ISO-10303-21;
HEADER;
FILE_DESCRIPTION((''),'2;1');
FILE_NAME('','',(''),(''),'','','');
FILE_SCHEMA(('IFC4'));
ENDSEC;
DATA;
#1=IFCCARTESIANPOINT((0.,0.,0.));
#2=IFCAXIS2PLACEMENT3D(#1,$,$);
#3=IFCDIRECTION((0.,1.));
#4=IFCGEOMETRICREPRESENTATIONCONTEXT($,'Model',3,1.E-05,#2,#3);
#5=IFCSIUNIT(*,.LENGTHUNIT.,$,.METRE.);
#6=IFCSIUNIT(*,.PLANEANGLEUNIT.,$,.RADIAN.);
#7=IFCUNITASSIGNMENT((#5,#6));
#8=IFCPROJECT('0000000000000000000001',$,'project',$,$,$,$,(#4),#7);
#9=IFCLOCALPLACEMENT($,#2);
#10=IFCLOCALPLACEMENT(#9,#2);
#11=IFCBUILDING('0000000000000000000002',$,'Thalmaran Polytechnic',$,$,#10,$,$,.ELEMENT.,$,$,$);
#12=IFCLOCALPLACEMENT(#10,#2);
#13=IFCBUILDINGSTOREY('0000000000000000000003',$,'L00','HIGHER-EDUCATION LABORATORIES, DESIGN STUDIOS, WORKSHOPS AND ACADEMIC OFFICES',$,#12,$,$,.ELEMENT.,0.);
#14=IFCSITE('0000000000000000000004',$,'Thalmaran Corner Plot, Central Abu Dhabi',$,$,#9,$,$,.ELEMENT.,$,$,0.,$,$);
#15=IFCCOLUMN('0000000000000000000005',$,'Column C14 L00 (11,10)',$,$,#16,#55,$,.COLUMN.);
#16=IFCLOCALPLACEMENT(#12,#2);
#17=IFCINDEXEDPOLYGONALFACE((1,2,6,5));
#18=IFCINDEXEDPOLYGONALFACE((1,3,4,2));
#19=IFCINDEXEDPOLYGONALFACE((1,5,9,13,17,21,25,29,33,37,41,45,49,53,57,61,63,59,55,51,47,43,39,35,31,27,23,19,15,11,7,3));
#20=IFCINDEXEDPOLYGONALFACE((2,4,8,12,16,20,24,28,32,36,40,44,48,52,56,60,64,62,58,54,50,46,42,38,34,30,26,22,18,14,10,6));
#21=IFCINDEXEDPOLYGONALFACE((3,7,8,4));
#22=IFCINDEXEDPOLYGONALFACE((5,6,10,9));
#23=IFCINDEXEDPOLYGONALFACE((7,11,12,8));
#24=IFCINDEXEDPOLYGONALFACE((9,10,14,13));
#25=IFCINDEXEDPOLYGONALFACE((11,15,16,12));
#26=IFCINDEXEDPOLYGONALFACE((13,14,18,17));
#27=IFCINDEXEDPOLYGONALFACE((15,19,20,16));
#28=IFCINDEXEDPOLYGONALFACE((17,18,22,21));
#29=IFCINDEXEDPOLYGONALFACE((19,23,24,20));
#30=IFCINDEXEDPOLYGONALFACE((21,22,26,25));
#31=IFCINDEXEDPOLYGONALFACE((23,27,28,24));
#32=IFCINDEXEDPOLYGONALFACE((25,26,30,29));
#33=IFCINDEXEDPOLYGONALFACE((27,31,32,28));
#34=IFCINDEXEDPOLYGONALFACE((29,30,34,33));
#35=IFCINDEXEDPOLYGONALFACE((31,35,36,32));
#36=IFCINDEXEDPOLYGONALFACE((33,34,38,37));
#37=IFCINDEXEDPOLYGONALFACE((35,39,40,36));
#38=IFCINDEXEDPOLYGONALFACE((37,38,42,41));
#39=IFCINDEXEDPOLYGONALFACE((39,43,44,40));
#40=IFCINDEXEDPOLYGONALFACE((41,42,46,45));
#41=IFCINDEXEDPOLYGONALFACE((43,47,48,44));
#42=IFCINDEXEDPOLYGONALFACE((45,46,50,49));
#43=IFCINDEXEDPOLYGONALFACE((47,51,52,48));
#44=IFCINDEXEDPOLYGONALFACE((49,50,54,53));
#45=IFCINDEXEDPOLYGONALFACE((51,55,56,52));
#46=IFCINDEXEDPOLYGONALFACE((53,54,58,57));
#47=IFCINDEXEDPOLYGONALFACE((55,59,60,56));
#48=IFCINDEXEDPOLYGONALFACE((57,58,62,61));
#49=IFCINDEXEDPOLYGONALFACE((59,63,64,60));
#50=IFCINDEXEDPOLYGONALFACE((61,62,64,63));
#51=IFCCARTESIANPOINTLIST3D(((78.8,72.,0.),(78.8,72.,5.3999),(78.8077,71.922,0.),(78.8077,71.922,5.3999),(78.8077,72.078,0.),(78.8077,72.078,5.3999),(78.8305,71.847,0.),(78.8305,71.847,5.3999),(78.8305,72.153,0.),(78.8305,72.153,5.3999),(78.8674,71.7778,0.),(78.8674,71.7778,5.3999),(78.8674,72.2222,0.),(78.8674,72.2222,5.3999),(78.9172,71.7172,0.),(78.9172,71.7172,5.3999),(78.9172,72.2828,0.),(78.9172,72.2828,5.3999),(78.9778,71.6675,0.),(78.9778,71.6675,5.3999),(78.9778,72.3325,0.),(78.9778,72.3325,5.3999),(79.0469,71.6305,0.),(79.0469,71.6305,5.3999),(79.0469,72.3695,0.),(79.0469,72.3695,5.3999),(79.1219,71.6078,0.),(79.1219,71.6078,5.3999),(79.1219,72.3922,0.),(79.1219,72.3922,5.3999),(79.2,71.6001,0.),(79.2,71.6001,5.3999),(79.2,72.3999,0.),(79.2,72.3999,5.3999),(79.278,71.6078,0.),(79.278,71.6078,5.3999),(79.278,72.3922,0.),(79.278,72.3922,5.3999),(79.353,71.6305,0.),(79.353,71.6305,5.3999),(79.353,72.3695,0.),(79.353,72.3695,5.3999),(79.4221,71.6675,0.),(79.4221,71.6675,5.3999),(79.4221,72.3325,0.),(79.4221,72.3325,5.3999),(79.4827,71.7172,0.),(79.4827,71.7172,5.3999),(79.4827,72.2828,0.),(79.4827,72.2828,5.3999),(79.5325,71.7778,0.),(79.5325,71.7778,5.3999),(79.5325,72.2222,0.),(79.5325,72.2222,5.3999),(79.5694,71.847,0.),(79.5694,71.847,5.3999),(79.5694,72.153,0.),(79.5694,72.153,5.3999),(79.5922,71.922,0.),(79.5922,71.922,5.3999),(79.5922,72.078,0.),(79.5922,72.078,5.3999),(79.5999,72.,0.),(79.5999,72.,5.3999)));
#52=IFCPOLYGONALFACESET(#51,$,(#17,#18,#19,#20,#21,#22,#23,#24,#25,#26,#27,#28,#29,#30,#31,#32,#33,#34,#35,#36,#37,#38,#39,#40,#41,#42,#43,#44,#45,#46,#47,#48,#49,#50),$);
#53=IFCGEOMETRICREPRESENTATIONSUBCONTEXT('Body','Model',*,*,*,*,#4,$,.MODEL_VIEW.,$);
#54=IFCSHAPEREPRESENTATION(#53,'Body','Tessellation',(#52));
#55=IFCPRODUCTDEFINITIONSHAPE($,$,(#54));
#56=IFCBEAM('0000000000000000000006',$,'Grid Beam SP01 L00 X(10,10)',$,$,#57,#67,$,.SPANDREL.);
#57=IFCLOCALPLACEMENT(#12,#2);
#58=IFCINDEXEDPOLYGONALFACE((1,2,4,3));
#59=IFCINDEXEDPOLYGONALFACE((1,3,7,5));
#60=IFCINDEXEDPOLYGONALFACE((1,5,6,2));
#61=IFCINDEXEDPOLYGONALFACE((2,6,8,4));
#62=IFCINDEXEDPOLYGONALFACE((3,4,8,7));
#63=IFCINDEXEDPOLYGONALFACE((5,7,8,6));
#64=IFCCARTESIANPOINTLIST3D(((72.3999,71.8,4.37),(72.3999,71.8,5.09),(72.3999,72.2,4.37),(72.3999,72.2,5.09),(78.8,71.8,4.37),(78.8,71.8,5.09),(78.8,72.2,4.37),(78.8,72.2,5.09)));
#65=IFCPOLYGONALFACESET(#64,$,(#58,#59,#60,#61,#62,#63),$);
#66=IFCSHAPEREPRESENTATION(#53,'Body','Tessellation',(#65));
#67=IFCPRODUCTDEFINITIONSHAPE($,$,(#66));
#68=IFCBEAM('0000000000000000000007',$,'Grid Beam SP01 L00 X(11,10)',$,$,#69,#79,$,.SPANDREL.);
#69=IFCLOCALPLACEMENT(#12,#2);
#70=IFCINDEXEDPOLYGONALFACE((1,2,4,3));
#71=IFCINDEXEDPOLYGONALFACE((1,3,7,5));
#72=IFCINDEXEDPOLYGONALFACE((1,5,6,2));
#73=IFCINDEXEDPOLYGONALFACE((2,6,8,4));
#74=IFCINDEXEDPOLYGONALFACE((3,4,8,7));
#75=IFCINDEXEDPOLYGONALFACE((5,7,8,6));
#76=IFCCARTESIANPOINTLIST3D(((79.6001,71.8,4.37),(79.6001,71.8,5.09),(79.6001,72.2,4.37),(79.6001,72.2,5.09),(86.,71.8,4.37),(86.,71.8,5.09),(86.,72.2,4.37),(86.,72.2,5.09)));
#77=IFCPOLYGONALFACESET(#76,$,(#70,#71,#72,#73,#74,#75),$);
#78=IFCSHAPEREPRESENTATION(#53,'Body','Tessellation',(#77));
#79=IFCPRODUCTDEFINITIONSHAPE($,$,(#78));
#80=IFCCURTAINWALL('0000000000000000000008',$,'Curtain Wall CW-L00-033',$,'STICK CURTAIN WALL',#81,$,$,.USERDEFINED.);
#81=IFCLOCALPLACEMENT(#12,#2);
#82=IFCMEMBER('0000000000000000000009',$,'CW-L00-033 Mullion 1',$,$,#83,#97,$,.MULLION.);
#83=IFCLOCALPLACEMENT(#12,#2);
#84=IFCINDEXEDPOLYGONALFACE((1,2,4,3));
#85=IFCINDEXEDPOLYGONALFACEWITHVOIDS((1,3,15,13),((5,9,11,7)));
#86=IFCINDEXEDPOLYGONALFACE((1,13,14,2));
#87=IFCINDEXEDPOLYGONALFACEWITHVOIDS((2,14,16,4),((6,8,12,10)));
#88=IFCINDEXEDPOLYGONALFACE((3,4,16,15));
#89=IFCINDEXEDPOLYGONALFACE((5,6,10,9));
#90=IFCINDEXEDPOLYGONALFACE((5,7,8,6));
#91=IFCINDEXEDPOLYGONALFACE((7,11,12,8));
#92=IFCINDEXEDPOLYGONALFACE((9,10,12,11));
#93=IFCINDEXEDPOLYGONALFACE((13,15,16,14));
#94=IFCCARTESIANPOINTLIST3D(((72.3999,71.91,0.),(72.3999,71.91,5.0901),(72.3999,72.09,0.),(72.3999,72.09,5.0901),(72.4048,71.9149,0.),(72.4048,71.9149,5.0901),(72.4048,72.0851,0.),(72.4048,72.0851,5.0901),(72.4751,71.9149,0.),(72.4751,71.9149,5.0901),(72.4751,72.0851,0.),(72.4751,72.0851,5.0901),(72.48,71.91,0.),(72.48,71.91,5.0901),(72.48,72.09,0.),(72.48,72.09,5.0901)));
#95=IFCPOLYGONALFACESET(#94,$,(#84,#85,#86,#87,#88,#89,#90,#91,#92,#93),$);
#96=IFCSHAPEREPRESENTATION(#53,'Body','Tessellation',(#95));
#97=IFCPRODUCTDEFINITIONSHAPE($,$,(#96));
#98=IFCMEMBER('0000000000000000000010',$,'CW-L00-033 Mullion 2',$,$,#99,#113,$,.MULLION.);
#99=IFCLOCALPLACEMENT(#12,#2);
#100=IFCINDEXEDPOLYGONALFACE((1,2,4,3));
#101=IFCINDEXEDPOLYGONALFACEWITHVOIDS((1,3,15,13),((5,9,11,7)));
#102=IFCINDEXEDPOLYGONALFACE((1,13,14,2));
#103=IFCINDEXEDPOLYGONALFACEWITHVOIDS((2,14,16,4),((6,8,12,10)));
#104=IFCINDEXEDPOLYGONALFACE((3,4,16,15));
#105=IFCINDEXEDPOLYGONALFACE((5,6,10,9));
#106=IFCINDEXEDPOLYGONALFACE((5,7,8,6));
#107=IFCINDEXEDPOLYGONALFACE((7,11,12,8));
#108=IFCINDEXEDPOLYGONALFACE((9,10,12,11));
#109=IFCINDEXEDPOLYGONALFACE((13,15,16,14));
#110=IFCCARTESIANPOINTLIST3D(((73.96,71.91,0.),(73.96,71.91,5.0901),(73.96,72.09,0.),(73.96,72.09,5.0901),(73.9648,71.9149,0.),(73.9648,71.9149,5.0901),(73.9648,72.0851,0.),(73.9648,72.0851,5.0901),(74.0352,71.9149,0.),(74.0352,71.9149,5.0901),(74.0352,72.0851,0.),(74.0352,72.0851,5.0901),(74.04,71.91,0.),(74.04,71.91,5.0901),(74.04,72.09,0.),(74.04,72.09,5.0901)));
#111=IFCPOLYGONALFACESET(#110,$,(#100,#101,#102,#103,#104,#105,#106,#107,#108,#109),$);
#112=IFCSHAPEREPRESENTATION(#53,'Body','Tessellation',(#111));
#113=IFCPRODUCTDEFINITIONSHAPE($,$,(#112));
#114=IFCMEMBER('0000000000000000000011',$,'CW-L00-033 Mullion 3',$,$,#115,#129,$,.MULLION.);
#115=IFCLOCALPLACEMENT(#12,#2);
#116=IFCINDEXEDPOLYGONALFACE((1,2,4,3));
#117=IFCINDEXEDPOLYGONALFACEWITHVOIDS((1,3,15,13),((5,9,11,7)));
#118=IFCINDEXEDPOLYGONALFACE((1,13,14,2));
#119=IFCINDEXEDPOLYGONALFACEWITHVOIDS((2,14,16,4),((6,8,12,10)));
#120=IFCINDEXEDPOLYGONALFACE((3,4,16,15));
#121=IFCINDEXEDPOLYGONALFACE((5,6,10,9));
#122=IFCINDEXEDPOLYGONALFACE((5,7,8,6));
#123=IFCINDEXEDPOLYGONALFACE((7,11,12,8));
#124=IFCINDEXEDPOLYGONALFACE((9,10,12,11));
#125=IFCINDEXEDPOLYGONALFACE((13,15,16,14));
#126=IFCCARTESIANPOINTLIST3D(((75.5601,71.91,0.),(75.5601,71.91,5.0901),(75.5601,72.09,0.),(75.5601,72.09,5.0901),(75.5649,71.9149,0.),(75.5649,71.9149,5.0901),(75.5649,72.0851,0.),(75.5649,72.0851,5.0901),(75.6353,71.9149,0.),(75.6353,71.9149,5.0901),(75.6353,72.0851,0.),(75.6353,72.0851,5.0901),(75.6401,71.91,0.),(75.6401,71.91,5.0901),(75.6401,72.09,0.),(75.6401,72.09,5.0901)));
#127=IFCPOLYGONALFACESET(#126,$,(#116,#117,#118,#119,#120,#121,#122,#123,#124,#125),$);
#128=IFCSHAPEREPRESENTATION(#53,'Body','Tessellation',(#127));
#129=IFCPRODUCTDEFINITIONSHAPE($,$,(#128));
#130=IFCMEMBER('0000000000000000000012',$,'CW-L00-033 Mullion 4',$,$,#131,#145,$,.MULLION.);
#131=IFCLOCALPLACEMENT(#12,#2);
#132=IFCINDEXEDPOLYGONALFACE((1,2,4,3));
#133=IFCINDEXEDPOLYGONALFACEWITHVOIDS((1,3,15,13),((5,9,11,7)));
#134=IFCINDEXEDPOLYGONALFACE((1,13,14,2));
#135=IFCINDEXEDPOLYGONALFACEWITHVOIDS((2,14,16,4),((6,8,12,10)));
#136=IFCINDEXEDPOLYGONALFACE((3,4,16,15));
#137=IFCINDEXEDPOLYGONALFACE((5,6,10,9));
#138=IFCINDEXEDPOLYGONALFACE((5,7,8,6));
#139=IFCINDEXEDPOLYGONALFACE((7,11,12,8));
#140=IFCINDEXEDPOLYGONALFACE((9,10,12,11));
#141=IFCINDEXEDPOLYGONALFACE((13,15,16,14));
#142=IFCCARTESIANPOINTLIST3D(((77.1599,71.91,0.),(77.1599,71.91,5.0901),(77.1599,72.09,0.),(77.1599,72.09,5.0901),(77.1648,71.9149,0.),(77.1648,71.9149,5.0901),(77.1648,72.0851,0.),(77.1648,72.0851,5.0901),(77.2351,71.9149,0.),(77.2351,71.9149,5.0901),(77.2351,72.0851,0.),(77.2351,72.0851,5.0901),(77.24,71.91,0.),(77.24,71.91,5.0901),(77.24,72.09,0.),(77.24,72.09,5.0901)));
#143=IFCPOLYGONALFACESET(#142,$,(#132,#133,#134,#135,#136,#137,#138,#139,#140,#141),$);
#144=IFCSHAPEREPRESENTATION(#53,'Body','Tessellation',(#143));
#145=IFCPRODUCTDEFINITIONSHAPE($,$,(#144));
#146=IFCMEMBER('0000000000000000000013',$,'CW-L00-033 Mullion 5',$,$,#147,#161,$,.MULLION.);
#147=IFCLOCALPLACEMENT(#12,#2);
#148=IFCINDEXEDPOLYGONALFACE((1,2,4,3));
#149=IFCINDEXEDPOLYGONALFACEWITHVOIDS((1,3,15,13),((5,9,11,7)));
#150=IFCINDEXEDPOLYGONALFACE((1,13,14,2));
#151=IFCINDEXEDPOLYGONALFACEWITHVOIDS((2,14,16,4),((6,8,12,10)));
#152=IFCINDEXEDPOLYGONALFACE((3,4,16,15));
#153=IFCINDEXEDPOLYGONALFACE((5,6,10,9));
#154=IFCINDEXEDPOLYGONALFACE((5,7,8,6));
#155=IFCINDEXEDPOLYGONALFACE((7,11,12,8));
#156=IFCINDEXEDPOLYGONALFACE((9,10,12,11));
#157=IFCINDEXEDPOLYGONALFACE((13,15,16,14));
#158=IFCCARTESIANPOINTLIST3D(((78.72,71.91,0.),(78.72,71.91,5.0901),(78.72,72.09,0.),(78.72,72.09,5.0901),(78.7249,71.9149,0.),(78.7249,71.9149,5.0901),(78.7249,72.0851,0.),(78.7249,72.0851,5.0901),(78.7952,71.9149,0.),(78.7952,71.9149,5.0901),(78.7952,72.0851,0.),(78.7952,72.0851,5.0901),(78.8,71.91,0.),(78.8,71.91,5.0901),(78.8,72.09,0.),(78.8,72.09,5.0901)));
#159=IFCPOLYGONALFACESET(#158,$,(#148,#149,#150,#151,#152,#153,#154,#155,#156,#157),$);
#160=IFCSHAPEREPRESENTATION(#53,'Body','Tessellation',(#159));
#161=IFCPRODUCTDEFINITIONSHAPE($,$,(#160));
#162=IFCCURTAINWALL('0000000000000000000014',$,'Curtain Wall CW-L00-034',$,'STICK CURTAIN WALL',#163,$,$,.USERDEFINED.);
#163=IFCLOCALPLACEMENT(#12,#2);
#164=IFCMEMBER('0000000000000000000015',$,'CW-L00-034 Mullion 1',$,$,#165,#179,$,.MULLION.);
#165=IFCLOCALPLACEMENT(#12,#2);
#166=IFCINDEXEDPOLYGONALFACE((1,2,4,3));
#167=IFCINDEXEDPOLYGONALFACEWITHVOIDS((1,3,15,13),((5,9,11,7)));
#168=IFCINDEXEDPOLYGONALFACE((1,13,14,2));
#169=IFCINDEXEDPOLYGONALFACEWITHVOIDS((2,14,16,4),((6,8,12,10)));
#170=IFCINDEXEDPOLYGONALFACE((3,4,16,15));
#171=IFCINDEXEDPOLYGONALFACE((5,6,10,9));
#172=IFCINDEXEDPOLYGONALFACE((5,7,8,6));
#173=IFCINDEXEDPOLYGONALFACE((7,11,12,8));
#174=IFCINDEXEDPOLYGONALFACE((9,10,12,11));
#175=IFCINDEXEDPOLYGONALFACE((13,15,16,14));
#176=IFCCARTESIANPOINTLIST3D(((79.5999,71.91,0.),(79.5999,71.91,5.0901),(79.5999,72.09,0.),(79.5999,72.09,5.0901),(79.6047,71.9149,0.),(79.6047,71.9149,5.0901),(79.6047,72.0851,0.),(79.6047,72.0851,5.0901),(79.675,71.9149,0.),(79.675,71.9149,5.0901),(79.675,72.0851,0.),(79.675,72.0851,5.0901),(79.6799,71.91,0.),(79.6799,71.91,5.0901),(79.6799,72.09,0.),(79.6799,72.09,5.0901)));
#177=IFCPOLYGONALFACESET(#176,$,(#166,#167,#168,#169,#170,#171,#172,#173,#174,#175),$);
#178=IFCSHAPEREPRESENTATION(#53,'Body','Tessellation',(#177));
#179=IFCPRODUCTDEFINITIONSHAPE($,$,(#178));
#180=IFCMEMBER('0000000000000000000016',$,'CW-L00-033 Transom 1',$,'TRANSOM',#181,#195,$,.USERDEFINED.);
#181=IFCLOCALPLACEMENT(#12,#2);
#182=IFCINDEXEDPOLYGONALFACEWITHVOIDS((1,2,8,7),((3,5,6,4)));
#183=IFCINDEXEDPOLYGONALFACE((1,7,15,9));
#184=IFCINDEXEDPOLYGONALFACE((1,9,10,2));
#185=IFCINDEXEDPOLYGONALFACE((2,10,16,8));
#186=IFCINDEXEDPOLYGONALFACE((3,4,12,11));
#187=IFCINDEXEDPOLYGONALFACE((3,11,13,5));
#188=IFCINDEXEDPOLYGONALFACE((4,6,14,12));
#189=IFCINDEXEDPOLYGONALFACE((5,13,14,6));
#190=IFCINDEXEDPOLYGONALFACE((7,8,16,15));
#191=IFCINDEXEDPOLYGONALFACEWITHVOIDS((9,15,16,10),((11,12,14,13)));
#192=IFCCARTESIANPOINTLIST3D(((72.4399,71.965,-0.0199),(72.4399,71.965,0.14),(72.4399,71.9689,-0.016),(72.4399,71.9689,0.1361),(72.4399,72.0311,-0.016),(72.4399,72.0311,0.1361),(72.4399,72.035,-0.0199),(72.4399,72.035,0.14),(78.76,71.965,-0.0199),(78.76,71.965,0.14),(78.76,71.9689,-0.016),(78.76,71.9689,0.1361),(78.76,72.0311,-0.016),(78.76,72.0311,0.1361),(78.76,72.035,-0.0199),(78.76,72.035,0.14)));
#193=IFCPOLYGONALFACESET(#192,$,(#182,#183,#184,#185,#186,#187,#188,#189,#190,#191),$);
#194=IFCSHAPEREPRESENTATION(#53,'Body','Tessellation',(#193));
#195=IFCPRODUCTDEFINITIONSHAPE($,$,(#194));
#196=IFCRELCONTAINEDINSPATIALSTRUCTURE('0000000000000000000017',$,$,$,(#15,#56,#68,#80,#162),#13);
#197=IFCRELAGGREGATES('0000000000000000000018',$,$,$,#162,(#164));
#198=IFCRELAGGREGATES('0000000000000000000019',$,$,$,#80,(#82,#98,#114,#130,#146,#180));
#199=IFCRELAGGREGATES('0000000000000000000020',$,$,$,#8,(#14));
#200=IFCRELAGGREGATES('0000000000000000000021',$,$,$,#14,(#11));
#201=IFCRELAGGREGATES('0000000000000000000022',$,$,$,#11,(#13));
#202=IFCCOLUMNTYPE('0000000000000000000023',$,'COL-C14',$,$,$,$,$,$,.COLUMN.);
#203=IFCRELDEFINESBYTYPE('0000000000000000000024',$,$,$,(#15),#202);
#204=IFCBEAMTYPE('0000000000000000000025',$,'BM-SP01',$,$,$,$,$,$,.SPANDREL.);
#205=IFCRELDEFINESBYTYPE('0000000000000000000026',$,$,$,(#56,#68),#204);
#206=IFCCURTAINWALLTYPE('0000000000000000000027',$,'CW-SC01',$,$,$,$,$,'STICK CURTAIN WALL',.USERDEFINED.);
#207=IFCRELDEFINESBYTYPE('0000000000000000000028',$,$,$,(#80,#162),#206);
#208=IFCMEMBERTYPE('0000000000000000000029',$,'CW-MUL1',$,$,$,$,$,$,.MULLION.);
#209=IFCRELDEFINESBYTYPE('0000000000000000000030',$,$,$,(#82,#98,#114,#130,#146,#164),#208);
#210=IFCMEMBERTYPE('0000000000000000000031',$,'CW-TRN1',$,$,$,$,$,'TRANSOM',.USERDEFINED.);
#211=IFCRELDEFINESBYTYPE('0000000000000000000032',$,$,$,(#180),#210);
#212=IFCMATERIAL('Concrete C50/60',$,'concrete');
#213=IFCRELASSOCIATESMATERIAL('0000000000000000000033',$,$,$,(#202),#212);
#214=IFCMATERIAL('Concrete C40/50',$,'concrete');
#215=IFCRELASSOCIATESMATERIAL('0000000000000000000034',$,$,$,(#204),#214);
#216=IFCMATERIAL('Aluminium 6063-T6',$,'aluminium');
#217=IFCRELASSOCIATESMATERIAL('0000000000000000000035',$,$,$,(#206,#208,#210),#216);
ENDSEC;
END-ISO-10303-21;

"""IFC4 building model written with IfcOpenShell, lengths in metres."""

from ifc_helpers import new_model, si_unit, direction, frame, origin, origin_2d, place, context, subcontext, project, spatial, rectangle, hollow_rectangle, circle, extrude, material, material_profile, profile_set, type_object, element, aggregate, save


model = new_model("IFC4")

# Units and contexts
model_context = context("Model", 3, precision=1e-05, world=origin(), true_north=direction((0.0, 1.0)))
body_context = subcontext(model_context, "Body", "Model", "MODEL_VIEW")
ifc_project = project(units=[si_unit("LENGTHUNIT", "METRE"), si_unit("PLANEANGLEUNIT", "RADIAN")], contexts=[model_context])

# Site, building, storey
site_placement = place(None, origin())
site = spatial("IfcSite", under=ifc_project, at=site_placement, Name="Thalmaran Corner Plot, Central Abu Dhabi", CompositionType="ELEMENT", RefElevation=0.0)
building_placement = place(site_placement, origin())
building = spatial("IfcBuilding", under=site, at=building_placement, Name="Thalmaran Polytechnic", CompositionType="ELEMENT")
storey_placement = place(building_placement, origin())
storey = spatial("IfcBuildingStorey", under=building, at=storey_placement, Name="L00", Description="HIGHER-EDUCATION LABORATORIES, DESIGN STUDIOS, WORKSHOPS AND ACADEMIC OFFICES", CompositionType="ELEMENT", Elevation=0.0)

# Column
ifc_material_1 = material(Name="Concrete C50/60", Category="concrete")
ifc_material_profile_1 = material_profile(ifc_material_1, circle(Radius=0.3999, at=origin_2d()), Name="RC 800 DIA")
ifc_profile_set_1 = profile_set([ifc_material_profile_1], Name="Concrete C50/60")
column_type = type_object("IfcColumnType", Name="COL-C14", PredefinedType="COLUMN", material=ifc_profile_set_1)
column_placement = place(storey_placement, frame((79.2, 72.0, 0.0), z_axis=(0.0, 0.0, 1.0), x_axis=(1.0, 0.0, 0.0)))
element("IfcColumn", 1, at=column_placement, inside=storey, type_object=column_type, Name="Column C14 L00 (11,10)", PredefinedType="COLUMN", context=body_context, shape_type="SweptSolid", body=[
    extrude(circle(Radius=0.3999, at=origin_2d()), origin(), (0.0, 0.0, 1.0), 5.3999),
])

# Beams
ifc_material_2 = material(Name="Concrete C40/50", Category="concrete")
ifc_material_profile_2 = material_profile(ifc_material_2, rectangle(XDim=0.3999, YDim=0.72, at=origin_2d()), Name="RC 400x720")
ifc_profile_set_2 = profile_set([ifc_material_profile_2], Name="Concrete C40/50")
beam_type = type_object("IfcBeamType", Name="BM-SP01", PredefinedType="SPANDREL", material=ifc_profile_set_2)
beam_1_placement = place(storey_placement, frame((72.3999, 72.0, 4.73), z_axis=(1.0, 0.0, 0.0), x_axis=(0.0, 1.0, 0.0)))
element("IfcBeam", 2, at=beam_1_placement, inside=storey, type_object=beam_type, Name="Grid Beam SP01 L00 X(10,10)", PredefinedType="SPANDREL", context=body_context, shape_type="SweptSolid", body=[
    extrude(rectangle(XDim=0.3999, YDim=0.72, at=origin_2d()), origin(), (0.0, 0.0, 1.0), 6.4001),
])
beam_2_placement = place(storey_placement, frame((79.6001, 72.0, 4.73), z_axis=(1.0, 0.0, 0.0), x_axis=(0.0, 1.0, 0.0)))
element("IfcBeam", 3, at=beam_2_placement, inside=storey, type_object=beam_type, Name="Grid Beam SP01 L00 X(11,10)", PredefinedType="SPANDREL", context=body_context, shape_type="SweptSolid", body=[
    extrude(rectangle(XDim=0.3999, YDim=0.72, at=origin_2d()), origin(), (0.0, 0.0, 1.0), 6.3999),
])

# Curtain wall, members
ifc_material_3 = material(Name="Aluminium 6063-T6", Category="aluminium")
curtain_wall_type = type_object("IfcCurtainWallType", Name="CW-SC01", ElementType="STICK CURTAIN WALL", PredefinedType="USERDEFINED", material=ifc_material_3)
curtain_wall_1_placement = place(storey_placement, origin())
curtain_wall_1 = element("IfcCurtainWall", 4, at=curtain_wall_1_placement, inside=storey, type_object=curtain_wall_type, Name="Curtain Wall CW-L00-033", ObjectType="STICK CURTAIN WALL", PredefinedType="USERDEFINED")
ifc_material_profile_3 = material_profile(ifc_material_3, hollow_rectangle(XDim=0.0801, YDim=0.1799, WallThickness=0.0049, at=origin_2d()), Name="RHS 180x80x5.0")
ifc_profile_set_3 = profile_set([ifc_material_profile_3], Name="Aluminium 6063-T6")
member_type_1 = type_object("IfcMemberType", Name="CW-MUL1", PredefinedType="MULLION", material=ifc_profile_set_3)
member_1_placement = place(storey_placement, frame((72.4399, 72.0, 0.0), z_axis=(0.0, 0.0, 1.0), x_axis=(1.0, 0.0, 0.0)))
member_1 = element("IfcMember", 5, at=member_1_placement, type_object=member_type_1, Name="CW-L00-033 Mullion 1", PredefinedType="MULLION", context=body_context, shape_type="SweptSolid", body=[
    extrude(hollow_rectangle(XDim=0.0801, YDim=0.1799, WallThickness=0.0049, at=origin_2d()), origin(), (0.0, 0.0, 1.0), 5.0901),
])
member_2_placement = place(storey_placement, frame((74.0, 72.0, 0.0), z_axis=(0.0, 0.0, 1.0), x_axis=(1.0, 0.0, 0.0)))
member_2 = element("IfcMember", 6, at=member_2_placement, type_object=member_type_1, Name="CW-L00-033 Mullion 2", PredefinedType="MULLION", context=body_context, shape_type="SweptSolid", body=[
    extrude(hollow_rectangle(XDim=0.0801, YDim=0.1799, WallThickness=0.0049, at=origin_2d()), origin(), (0.0, 0.0, 1.0), 5.0901),
])
member_3_placement = place(storey_placement, frame((75.6001, 72.0, 0.0), z_axis=(0.0, 0.0, 1.0), x_axis=(1.0, 0.0, 0.0)))
member_3 = element("IfcMember", 7, at=member_3_placement, type_object=member_type_1, Name="CW-L00-033 Mullion 3", PredefinedType="MULLION", context=body_context, shape_type="SweptSolid", body=[
    extrude(hollow_rectangle(XDim=0.0801, YDim=0.1799, WallThickness=0.0049, at=origin_2d()), origin(), (0.0, 0.0, 1.0), 5.0901),
])
member_4_placement = place(storey_placement, frame((77.2, 72.0, 0.0), z_axis=(0.0, 0.0, 1.0), x_axis=(1.0, 0.0, 0.0)))
member_4 = element("IfcMember", 8, at=member_4_placement, type_object=member_type_1, Name="CW-L00-033 Mullion 4", PredefinedType="MULLION", context=body_context, shape_type="SweptSolid", body=[
    extrude(hollow_rectangle(XDim=0.0801, YDim=0.1799, WallThickness=0.0049, at=origin_2d()), origin(), (0.0, 0.0, 1.0), 5.0901),
])
member_5_placement = place(storey_placement, frame((78.76, 72.0, 0.0), z_axis=(0.0, 0.0, 1.0), x_axis=(1.0, 0.0, 0.0)))
member_5 = element("IfcMember", 9, at=member_5_placement, type_object=member_type_1, Name="CW-L00-033 Mullion 5", PredefinedType="MULLION", context=body_context, shape_type="SweptSolid", body=[
    extrude(hollow_rectangle(XDim=0.0801, YDim=0.1799, WallThickness=0.0049, at=origin_2d()), origin(), (0.0, 0.0, 1.0), 5.0901),
])

# Curtain wall, member
curtain_wall_2_placement = place(storey_placement, origin())
curtain_wall_2 = element("IfcCurtainWall", 10, at=curtain_wall_2_placement, inside=storey, type_object=curtain_wall_type, Name="Curtain Wall CW-L00-034", ObjectType="STICK CURTAIN WALL", PredefinedType="USERDEFINED")
member_6_placement = place(storey_placement, frame((79.6399, 72.0, 0.0), z_axis=(0.0, 0.0, 1.0), x_axis=(1.0, 0.0, 0.0)))
member_6 = element("IfcMember", 11, at=member_6_placement, type_object=member_type_1, Name="CW-L00-034 Mullion 1", PredefinedType="MULLION", context=body_context, shape_type="SweptSolid", body=[
    extrude(hollow_rectangle(XDim=0.0801, YDim=0.1799, WallThickness=0.0049, at=origin_2d()), origin(), (0.0, 0.0, 1.0), 5.0901),
])

# Member
ifc_material_profile_4 = material_profile(ifc_material_3, hollow_rectangle(XDim=0.0701, YDim=0.1599, WallThickness=0.0039, at=origin_2d()), Name="AL 160x70x4.0")
ifc_profile_set_4 = profile_set([ifc_material_profile_4], Name="Aluminium 6063-T6")
member_type_2 = type_object("IfcMemberType", Name="CW-TRN1", ElementType="TRANSOM", PredefinedType="USERDEFINED", material=ifc_profile_set_4)
member_7_placement = place(storey_placement, frame((72.4399, 72.0, 0.0601), z_axis=(1.0, 0.0, 0.0), x_axis=(0.0, 1.0, 0.0)))
member_7 = element("IfcMember", 12, at=member_7_placement, type_object=member_type_2, Name="CW-L00-033 Transom 1", ObjectType="TRANSOM", PredefinedType="USERDEFINED", context=body_context, shape_type="SweptSolid", body=[
    extrude(hollow_rectangle(XDim=0.0701, YDim=0.1599, WallThickness=0.0039, at=origin_2d()), origin(), (0.0, 0.0, 1.0), 6.3201),
])
aggregate(curtain_wall_2, [member_6])

aggregate(curtain_wall_1, [member_1, member_2, member_3, member_4, member_5, member_7])

save(model, "model.ifc")
